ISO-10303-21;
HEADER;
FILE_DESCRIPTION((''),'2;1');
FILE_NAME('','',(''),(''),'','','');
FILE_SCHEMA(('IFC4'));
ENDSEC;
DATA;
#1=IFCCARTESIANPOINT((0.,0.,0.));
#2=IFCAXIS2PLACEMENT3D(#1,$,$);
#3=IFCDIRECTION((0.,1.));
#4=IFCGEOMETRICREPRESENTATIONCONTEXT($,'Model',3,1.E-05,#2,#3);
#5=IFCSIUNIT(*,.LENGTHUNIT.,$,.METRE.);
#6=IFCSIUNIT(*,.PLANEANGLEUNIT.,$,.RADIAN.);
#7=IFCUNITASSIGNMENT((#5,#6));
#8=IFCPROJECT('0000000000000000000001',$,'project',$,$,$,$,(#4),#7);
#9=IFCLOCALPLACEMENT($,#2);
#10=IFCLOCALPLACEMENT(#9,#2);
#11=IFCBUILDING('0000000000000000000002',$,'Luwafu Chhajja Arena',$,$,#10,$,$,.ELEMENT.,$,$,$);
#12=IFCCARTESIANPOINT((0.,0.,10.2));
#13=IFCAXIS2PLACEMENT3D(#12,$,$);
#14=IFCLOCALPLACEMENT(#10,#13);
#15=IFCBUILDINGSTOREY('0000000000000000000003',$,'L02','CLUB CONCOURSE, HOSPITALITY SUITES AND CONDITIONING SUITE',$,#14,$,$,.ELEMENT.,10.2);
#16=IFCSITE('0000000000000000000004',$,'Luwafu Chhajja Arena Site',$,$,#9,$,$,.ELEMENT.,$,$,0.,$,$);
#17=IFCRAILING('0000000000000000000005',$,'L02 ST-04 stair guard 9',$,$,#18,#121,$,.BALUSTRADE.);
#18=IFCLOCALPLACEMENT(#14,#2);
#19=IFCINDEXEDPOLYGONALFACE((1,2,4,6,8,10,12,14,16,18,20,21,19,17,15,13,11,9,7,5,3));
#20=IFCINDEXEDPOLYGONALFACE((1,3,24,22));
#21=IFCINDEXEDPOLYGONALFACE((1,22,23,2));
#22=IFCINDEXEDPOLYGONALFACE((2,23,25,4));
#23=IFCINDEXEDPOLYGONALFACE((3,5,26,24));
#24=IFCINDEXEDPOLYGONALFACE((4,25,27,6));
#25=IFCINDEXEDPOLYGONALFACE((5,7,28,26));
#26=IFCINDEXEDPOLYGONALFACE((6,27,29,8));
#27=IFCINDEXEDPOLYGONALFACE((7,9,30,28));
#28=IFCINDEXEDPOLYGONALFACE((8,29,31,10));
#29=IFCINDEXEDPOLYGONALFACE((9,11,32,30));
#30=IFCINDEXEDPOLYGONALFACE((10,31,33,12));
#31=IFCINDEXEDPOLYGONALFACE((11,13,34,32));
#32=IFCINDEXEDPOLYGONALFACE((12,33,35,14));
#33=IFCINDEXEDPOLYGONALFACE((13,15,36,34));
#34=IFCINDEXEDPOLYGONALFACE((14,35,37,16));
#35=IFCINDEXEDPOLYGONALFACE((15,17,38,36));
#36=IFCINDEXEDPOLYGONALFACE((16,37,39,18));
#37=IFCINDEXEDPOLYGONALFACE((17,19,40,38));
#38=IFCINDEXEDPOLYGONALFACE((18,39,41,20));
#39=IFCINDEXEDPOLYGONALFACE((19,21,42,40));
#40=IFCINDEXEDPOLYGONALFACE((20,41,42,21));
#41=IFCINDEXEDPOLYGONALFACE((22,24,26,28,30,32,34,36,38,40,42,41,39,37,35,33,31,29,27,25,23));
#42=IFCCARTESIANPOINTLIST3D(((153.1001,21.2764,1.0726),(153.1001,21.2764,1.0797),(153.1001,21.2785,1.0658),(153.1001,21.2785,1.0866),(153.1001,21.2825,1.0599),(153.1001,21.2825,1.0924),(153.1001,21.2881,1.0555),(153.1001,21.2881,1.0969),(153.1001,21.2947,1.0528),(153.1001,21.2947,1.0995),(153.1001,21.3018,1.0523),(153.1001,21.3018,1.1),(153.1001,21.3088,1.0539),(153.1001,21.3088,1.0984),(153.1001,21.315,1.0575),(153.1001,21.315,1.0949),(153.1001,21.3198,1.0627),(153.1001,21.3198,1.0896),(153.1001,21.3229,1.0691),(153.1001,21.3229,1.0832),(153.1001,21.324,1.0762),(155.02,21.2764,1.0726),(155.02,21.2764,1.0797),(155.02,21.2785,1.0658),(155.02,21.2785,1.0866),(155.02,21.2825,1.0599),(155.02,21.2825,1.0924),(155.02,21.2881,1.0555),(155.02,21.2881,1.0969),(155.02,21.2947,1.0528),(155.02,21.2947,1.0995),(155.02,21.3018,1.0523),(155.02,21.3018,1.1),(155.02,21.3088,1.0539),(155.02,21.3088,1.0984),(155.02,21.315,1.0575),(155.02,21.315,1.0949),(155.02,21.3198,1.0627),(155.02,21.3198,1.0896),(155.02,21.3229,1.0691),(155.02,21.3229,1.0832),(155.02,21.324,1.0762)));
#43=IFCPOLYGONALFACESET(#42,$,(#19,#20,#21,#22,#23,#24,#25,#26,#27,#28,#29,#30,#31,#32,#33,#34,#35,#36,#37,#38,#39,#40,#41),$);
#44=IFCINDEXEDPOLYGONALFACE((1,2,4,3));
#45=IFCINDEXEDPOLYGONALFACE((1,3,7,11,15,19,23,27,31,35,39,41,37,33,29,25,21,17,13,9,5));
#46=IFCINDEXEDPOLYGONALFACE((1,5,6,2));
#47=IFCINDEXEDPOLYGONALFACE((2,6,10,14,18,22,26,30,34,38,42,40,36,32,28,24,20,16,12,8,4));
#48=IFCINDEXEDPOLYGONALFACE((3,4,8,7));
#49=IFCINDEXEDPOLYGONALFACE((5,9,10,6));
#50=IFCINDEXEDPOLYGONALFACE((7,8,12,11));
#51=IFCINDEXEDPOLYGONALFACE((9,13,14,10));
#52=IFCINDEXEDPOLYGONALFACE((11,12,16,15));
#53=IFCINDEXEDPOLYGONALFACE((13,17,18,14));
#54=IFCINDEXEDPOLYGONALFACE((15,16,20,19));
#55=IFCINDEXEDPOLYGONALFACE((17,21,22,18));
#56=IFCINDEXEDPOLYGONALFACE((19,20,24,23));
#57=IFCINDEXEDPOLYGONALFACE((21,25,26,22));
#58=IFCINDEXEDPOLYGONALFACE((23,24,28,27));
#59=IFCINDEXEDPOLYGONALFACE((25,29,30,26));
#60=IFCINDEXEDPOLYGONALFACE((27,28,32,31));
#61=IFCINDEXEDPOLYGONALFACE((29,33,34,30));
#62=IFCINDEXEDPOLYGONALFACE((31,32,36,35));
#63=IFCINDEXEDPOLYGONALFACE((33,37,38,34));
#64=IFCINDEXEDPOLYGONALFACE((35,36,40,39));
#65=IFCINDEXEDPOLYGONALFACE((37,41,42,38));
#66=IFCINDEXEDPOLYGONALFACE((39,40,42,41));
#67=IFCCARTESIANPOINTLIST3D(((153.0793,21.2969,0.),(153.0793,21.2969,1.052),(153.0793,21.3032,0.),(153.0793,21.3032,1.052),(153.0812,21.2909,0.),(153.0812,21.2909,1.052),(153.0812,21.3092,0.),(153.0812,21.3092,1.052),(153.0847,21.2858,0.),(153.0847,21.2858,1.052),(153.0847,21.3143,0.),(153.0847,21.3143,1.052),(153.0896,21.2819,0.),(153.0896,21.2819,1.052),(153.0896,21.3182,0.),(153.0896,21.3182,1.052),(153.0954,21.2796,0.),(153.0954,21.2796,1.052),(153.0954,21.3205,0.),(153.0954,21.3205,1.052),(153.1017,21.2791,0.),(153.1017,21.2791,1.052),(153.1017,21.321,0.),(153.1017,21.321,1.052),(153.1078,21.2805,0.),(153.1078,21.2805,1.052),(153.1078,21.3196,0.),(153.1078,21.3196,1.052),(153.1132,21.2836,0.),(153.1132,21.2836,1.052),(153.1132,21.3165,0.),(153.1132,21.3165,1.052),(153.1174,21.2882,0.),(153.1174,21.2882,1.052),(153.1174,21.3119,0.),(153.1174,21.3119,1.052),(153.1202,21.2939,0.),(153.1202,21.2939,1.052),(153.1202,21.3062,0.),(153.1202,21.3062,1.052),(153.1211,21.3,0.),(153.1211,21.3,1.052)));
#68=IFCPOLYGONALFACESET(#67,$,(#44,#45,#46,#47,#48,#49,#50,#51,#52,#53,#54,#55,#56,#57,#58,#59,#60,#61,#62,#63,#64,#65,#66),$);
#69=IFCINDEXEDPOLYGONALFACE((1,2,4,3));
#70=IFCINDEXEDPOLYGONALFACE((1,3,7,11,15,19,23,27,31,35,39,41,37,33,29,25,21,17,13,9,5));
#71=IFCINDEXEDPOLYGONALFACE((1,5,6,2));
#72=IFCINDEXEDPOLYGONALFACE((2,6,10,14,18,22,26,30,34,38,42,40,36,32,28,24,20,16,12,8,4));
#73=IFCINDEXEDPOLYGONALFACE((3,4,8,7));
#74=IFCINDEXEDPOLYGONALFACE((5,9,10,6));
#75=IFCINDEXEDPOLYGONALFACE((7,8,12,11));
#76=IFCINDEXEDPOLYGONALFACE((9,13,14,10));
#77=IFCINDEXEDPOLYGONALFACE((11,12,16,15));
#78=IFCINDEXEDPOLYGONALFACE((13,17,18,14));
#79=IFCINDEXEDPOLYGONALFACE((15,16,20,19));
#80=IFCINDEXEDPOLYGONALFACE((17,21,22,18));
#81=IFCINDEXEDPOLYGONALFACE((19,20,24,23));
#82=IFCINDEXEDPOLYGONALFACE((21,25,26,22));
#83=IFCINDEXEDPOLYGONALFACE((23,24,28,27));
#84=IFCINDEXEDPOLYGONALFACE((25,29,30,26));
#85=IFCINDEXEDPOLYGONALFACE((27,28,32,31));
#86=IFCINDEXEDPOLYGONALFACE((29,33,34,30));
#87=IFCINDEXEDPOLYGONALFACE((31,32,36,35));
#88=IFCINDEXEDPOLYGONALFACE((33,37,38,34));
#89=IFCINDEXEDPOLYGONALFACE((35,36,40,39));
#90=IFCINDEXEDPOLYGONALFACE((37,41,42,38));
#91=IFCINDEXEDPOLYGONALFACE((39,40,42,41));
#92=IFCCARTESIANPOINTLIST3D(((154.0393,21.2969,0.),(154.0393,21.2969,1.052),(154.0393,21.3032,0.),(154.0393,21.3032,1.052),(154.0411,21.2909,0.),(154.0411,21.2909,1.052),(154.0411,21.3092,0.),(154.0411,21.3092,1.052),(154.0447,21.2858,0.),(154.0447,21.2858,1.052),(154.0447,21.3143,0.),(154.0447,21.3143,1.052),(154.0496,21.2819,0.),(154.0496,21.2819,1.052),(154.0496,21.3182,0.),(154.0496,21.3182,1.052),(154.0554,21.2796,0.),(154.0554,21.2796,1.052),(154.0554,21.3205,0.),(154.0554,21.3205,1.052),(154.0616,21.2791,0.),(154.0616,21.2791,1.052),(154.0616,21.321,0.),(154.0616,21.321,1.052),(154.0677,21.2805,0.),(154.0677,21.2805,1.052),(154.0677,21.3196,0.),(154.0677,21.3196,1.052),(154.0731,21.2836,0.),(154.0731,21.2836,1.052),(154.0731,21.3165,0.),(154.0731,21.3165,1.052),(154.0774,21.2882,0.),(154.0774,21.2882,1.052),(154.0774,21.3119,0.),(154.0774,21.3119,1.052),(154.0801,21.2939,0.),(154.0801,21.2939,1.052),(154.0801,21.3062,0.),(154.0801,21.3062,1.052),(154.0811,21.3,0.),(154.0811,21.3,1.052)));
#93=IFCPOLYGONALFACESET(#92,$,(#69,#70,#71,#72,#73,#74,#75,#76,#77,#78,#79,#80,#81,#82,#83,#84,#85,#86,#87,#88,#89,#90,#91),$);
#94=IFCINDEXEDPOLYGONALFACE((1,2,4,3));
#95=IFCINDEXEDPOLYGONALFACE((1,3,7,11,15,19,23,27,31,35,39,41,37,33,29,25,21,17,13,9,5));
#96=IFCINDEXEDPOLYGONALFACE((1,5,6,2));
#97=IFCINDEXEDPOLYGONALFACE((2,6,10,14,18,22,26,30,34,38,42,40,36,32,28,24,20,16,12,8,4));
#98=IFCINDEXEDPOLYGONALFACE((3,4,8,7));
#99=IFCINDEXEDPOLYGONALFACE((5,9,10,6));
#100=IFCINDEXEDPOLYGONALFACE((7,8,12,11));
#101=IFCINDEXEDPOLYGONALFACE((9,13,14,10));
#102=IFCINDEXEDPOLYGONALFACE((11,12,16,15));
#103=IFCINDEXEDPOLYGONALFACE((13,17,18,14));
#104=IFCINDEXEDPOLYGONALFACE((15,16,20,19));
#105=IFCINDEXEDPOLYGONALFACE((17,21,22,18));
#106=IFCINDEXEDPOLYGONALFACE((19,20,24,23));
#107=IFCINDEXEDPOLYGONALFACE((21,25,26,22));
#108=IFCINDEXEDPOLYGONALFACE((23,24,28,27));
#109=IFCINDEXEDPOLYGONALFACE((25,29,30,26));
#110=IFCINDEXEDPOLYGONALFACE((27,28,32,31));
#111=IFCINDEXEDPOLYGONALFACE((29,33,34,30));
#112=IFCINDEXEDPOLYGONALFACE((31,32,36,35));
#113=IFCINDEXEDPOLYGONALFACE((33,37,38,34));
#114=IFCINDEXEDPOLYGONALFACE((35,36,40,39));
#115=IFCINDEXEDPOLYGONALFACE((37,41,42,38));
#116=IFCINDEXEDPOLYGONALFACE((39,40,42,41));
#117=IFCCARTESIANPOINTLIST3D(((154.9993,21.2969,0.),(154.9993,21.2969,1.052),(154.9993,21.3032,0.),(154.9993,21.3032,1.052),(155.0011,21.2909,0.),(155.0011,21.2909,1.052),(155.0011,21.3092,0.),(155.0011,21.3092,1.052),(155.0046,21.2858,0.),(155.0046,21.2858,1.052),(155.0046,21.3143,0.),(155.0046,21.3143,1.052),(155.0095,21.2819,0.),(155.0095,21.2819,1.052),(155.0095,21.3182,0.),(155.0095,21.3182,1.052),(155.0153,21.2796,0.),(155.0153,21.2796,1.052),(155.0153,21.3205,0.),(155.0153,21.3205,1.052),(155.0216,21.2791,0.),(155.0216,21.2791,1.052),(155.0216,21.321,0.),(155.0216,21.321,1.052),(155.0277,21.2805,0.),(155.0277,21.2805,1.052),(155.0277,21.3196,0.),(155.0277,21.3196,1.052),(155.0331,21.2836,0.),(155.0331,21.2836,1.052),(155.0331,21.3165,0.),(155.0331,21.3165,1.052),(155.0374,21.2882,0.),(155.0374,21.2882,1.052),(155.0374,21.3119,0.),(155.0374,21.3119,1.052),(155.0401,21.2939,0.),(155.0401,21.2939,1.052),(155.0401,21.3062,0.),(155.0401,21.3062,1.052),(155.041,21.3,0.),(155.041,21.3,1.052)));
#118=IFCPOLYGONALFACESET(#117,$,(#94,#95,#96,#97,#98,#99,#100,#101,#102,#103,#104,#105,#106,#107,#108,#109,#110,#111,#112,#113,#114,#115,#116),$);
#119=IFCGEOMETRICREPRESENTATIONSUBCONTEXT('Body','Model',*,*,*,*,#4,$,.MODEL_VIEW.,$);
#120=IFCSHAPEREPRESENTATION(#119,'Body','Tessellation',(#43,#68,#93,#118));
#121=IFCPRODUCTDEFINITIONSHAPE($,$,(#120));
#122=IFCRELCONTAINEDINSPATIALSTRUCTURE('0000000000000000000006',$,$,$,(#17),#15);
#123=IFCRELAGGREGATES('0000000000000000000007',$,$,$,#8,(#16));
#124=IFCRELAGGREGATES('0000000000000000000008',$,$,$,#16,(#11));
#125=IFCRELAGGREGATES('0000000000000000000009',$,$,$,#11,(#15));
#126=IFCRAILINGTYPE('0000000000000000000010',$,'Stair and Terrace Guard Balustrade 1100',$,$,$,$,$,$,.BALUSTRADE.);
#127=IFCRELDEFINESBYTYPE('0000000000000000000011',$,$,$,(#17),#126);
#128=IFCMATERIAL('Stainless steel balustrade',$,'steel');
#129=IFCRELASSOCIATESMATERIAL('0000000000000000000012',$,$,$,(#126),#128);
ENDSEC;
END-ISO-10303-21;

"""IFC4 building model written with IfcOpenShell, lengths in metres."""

from ifc_helpers import new_model, si_unit, direction, frame, origin, origin_2d, place, context, subcontext, project, spatial, circle, extrude, material, type_object, element, save


model = new_model("IFC4")

# Units and contexts
model_context = context("Model", 3, precision=1e-05, world=origin(), true_north=direction((0.0, 1.0)))
body_context = subcontext(model_context, "Body", "Model", "MODEL_VIEW")
ifc_project = project(units=[si_unit("LENGTHUNIT", "METRE"), si_unit("PLANEANGLEUNIT", "RADIAN")], contexts=[model_context])

# Site, building, storey
site_placement = place(None, origin())
site = spatial("IfcSite", under=ifc_project, at=site_placement, Name="Luwafu Chhajja Arena Site", CompositionType="ELEMENT", RefElevation=0.0)
building_placement = place(site_placement, origin())
building = spatial("IfcBuilding", under=site, at=building_placement, Name="Luwafu Chhajja Arena", CompositionType="ELEMENT")
storey_placement = place(building_placement, frame((0.0, 0.0, 10.2)))
storey = spatial("IfcBuildingStorey", under=building, at=storey_placement, Name="L02", Description="CLUB CONCOURSE, HOSPITALITY SUITES AND CONDITIONING SUITE", CompositionType="ELEMENT", Elevation=10.2)

# Railing
ifc_material_1 = material(Name="Stainless steel balustrade", Category="steel")
railing_type_1 = type_object("IfcRailingType", Name="Stair and Terrace Guard Balustrade 1100", PredefinedType="BALUSTRADE", material=ifc_material_1)
for number, where, name in (
    (1, (153.1001, 21.3, 0.0), "L02 ST-04 stair guard 9"),
):
    element("IfcRailing", number, at=place(storey_placement, frame(where)), inside=storey, type_object=railing_type_1, Name=name, PredefinedType="BALUSTRADE", context=body_context, shape_type="SweptSolid", body=[
        extrude(circle(Radius=0.0239, at=origin_2d()), frame((0.0, 0.0, 1.0762), z_axis=(1.0, 0.0, 0.0), x_axis=(0.0, 1.0, 0.0)), (0.0, 0.0, 1.0), 1.9199),
        extrude(circle(Radius=0.021, at=origin_2d()), origin(), (0.0, 0.0, 1.0), 1.052),
        extrude(circle(Radius=0.021, at=origin_2d()), frame((0.96, 0.0, 0.0)), (0.0, 0.0, 1.0), 1.052),
        extrude(circle(Radius=0.021, at=origin_2d()), frame((1.9199, 0.0, 0.0)), (0.0, 0.0, 1.0), 1.052),
    ])

save(model, "model.ifc")
